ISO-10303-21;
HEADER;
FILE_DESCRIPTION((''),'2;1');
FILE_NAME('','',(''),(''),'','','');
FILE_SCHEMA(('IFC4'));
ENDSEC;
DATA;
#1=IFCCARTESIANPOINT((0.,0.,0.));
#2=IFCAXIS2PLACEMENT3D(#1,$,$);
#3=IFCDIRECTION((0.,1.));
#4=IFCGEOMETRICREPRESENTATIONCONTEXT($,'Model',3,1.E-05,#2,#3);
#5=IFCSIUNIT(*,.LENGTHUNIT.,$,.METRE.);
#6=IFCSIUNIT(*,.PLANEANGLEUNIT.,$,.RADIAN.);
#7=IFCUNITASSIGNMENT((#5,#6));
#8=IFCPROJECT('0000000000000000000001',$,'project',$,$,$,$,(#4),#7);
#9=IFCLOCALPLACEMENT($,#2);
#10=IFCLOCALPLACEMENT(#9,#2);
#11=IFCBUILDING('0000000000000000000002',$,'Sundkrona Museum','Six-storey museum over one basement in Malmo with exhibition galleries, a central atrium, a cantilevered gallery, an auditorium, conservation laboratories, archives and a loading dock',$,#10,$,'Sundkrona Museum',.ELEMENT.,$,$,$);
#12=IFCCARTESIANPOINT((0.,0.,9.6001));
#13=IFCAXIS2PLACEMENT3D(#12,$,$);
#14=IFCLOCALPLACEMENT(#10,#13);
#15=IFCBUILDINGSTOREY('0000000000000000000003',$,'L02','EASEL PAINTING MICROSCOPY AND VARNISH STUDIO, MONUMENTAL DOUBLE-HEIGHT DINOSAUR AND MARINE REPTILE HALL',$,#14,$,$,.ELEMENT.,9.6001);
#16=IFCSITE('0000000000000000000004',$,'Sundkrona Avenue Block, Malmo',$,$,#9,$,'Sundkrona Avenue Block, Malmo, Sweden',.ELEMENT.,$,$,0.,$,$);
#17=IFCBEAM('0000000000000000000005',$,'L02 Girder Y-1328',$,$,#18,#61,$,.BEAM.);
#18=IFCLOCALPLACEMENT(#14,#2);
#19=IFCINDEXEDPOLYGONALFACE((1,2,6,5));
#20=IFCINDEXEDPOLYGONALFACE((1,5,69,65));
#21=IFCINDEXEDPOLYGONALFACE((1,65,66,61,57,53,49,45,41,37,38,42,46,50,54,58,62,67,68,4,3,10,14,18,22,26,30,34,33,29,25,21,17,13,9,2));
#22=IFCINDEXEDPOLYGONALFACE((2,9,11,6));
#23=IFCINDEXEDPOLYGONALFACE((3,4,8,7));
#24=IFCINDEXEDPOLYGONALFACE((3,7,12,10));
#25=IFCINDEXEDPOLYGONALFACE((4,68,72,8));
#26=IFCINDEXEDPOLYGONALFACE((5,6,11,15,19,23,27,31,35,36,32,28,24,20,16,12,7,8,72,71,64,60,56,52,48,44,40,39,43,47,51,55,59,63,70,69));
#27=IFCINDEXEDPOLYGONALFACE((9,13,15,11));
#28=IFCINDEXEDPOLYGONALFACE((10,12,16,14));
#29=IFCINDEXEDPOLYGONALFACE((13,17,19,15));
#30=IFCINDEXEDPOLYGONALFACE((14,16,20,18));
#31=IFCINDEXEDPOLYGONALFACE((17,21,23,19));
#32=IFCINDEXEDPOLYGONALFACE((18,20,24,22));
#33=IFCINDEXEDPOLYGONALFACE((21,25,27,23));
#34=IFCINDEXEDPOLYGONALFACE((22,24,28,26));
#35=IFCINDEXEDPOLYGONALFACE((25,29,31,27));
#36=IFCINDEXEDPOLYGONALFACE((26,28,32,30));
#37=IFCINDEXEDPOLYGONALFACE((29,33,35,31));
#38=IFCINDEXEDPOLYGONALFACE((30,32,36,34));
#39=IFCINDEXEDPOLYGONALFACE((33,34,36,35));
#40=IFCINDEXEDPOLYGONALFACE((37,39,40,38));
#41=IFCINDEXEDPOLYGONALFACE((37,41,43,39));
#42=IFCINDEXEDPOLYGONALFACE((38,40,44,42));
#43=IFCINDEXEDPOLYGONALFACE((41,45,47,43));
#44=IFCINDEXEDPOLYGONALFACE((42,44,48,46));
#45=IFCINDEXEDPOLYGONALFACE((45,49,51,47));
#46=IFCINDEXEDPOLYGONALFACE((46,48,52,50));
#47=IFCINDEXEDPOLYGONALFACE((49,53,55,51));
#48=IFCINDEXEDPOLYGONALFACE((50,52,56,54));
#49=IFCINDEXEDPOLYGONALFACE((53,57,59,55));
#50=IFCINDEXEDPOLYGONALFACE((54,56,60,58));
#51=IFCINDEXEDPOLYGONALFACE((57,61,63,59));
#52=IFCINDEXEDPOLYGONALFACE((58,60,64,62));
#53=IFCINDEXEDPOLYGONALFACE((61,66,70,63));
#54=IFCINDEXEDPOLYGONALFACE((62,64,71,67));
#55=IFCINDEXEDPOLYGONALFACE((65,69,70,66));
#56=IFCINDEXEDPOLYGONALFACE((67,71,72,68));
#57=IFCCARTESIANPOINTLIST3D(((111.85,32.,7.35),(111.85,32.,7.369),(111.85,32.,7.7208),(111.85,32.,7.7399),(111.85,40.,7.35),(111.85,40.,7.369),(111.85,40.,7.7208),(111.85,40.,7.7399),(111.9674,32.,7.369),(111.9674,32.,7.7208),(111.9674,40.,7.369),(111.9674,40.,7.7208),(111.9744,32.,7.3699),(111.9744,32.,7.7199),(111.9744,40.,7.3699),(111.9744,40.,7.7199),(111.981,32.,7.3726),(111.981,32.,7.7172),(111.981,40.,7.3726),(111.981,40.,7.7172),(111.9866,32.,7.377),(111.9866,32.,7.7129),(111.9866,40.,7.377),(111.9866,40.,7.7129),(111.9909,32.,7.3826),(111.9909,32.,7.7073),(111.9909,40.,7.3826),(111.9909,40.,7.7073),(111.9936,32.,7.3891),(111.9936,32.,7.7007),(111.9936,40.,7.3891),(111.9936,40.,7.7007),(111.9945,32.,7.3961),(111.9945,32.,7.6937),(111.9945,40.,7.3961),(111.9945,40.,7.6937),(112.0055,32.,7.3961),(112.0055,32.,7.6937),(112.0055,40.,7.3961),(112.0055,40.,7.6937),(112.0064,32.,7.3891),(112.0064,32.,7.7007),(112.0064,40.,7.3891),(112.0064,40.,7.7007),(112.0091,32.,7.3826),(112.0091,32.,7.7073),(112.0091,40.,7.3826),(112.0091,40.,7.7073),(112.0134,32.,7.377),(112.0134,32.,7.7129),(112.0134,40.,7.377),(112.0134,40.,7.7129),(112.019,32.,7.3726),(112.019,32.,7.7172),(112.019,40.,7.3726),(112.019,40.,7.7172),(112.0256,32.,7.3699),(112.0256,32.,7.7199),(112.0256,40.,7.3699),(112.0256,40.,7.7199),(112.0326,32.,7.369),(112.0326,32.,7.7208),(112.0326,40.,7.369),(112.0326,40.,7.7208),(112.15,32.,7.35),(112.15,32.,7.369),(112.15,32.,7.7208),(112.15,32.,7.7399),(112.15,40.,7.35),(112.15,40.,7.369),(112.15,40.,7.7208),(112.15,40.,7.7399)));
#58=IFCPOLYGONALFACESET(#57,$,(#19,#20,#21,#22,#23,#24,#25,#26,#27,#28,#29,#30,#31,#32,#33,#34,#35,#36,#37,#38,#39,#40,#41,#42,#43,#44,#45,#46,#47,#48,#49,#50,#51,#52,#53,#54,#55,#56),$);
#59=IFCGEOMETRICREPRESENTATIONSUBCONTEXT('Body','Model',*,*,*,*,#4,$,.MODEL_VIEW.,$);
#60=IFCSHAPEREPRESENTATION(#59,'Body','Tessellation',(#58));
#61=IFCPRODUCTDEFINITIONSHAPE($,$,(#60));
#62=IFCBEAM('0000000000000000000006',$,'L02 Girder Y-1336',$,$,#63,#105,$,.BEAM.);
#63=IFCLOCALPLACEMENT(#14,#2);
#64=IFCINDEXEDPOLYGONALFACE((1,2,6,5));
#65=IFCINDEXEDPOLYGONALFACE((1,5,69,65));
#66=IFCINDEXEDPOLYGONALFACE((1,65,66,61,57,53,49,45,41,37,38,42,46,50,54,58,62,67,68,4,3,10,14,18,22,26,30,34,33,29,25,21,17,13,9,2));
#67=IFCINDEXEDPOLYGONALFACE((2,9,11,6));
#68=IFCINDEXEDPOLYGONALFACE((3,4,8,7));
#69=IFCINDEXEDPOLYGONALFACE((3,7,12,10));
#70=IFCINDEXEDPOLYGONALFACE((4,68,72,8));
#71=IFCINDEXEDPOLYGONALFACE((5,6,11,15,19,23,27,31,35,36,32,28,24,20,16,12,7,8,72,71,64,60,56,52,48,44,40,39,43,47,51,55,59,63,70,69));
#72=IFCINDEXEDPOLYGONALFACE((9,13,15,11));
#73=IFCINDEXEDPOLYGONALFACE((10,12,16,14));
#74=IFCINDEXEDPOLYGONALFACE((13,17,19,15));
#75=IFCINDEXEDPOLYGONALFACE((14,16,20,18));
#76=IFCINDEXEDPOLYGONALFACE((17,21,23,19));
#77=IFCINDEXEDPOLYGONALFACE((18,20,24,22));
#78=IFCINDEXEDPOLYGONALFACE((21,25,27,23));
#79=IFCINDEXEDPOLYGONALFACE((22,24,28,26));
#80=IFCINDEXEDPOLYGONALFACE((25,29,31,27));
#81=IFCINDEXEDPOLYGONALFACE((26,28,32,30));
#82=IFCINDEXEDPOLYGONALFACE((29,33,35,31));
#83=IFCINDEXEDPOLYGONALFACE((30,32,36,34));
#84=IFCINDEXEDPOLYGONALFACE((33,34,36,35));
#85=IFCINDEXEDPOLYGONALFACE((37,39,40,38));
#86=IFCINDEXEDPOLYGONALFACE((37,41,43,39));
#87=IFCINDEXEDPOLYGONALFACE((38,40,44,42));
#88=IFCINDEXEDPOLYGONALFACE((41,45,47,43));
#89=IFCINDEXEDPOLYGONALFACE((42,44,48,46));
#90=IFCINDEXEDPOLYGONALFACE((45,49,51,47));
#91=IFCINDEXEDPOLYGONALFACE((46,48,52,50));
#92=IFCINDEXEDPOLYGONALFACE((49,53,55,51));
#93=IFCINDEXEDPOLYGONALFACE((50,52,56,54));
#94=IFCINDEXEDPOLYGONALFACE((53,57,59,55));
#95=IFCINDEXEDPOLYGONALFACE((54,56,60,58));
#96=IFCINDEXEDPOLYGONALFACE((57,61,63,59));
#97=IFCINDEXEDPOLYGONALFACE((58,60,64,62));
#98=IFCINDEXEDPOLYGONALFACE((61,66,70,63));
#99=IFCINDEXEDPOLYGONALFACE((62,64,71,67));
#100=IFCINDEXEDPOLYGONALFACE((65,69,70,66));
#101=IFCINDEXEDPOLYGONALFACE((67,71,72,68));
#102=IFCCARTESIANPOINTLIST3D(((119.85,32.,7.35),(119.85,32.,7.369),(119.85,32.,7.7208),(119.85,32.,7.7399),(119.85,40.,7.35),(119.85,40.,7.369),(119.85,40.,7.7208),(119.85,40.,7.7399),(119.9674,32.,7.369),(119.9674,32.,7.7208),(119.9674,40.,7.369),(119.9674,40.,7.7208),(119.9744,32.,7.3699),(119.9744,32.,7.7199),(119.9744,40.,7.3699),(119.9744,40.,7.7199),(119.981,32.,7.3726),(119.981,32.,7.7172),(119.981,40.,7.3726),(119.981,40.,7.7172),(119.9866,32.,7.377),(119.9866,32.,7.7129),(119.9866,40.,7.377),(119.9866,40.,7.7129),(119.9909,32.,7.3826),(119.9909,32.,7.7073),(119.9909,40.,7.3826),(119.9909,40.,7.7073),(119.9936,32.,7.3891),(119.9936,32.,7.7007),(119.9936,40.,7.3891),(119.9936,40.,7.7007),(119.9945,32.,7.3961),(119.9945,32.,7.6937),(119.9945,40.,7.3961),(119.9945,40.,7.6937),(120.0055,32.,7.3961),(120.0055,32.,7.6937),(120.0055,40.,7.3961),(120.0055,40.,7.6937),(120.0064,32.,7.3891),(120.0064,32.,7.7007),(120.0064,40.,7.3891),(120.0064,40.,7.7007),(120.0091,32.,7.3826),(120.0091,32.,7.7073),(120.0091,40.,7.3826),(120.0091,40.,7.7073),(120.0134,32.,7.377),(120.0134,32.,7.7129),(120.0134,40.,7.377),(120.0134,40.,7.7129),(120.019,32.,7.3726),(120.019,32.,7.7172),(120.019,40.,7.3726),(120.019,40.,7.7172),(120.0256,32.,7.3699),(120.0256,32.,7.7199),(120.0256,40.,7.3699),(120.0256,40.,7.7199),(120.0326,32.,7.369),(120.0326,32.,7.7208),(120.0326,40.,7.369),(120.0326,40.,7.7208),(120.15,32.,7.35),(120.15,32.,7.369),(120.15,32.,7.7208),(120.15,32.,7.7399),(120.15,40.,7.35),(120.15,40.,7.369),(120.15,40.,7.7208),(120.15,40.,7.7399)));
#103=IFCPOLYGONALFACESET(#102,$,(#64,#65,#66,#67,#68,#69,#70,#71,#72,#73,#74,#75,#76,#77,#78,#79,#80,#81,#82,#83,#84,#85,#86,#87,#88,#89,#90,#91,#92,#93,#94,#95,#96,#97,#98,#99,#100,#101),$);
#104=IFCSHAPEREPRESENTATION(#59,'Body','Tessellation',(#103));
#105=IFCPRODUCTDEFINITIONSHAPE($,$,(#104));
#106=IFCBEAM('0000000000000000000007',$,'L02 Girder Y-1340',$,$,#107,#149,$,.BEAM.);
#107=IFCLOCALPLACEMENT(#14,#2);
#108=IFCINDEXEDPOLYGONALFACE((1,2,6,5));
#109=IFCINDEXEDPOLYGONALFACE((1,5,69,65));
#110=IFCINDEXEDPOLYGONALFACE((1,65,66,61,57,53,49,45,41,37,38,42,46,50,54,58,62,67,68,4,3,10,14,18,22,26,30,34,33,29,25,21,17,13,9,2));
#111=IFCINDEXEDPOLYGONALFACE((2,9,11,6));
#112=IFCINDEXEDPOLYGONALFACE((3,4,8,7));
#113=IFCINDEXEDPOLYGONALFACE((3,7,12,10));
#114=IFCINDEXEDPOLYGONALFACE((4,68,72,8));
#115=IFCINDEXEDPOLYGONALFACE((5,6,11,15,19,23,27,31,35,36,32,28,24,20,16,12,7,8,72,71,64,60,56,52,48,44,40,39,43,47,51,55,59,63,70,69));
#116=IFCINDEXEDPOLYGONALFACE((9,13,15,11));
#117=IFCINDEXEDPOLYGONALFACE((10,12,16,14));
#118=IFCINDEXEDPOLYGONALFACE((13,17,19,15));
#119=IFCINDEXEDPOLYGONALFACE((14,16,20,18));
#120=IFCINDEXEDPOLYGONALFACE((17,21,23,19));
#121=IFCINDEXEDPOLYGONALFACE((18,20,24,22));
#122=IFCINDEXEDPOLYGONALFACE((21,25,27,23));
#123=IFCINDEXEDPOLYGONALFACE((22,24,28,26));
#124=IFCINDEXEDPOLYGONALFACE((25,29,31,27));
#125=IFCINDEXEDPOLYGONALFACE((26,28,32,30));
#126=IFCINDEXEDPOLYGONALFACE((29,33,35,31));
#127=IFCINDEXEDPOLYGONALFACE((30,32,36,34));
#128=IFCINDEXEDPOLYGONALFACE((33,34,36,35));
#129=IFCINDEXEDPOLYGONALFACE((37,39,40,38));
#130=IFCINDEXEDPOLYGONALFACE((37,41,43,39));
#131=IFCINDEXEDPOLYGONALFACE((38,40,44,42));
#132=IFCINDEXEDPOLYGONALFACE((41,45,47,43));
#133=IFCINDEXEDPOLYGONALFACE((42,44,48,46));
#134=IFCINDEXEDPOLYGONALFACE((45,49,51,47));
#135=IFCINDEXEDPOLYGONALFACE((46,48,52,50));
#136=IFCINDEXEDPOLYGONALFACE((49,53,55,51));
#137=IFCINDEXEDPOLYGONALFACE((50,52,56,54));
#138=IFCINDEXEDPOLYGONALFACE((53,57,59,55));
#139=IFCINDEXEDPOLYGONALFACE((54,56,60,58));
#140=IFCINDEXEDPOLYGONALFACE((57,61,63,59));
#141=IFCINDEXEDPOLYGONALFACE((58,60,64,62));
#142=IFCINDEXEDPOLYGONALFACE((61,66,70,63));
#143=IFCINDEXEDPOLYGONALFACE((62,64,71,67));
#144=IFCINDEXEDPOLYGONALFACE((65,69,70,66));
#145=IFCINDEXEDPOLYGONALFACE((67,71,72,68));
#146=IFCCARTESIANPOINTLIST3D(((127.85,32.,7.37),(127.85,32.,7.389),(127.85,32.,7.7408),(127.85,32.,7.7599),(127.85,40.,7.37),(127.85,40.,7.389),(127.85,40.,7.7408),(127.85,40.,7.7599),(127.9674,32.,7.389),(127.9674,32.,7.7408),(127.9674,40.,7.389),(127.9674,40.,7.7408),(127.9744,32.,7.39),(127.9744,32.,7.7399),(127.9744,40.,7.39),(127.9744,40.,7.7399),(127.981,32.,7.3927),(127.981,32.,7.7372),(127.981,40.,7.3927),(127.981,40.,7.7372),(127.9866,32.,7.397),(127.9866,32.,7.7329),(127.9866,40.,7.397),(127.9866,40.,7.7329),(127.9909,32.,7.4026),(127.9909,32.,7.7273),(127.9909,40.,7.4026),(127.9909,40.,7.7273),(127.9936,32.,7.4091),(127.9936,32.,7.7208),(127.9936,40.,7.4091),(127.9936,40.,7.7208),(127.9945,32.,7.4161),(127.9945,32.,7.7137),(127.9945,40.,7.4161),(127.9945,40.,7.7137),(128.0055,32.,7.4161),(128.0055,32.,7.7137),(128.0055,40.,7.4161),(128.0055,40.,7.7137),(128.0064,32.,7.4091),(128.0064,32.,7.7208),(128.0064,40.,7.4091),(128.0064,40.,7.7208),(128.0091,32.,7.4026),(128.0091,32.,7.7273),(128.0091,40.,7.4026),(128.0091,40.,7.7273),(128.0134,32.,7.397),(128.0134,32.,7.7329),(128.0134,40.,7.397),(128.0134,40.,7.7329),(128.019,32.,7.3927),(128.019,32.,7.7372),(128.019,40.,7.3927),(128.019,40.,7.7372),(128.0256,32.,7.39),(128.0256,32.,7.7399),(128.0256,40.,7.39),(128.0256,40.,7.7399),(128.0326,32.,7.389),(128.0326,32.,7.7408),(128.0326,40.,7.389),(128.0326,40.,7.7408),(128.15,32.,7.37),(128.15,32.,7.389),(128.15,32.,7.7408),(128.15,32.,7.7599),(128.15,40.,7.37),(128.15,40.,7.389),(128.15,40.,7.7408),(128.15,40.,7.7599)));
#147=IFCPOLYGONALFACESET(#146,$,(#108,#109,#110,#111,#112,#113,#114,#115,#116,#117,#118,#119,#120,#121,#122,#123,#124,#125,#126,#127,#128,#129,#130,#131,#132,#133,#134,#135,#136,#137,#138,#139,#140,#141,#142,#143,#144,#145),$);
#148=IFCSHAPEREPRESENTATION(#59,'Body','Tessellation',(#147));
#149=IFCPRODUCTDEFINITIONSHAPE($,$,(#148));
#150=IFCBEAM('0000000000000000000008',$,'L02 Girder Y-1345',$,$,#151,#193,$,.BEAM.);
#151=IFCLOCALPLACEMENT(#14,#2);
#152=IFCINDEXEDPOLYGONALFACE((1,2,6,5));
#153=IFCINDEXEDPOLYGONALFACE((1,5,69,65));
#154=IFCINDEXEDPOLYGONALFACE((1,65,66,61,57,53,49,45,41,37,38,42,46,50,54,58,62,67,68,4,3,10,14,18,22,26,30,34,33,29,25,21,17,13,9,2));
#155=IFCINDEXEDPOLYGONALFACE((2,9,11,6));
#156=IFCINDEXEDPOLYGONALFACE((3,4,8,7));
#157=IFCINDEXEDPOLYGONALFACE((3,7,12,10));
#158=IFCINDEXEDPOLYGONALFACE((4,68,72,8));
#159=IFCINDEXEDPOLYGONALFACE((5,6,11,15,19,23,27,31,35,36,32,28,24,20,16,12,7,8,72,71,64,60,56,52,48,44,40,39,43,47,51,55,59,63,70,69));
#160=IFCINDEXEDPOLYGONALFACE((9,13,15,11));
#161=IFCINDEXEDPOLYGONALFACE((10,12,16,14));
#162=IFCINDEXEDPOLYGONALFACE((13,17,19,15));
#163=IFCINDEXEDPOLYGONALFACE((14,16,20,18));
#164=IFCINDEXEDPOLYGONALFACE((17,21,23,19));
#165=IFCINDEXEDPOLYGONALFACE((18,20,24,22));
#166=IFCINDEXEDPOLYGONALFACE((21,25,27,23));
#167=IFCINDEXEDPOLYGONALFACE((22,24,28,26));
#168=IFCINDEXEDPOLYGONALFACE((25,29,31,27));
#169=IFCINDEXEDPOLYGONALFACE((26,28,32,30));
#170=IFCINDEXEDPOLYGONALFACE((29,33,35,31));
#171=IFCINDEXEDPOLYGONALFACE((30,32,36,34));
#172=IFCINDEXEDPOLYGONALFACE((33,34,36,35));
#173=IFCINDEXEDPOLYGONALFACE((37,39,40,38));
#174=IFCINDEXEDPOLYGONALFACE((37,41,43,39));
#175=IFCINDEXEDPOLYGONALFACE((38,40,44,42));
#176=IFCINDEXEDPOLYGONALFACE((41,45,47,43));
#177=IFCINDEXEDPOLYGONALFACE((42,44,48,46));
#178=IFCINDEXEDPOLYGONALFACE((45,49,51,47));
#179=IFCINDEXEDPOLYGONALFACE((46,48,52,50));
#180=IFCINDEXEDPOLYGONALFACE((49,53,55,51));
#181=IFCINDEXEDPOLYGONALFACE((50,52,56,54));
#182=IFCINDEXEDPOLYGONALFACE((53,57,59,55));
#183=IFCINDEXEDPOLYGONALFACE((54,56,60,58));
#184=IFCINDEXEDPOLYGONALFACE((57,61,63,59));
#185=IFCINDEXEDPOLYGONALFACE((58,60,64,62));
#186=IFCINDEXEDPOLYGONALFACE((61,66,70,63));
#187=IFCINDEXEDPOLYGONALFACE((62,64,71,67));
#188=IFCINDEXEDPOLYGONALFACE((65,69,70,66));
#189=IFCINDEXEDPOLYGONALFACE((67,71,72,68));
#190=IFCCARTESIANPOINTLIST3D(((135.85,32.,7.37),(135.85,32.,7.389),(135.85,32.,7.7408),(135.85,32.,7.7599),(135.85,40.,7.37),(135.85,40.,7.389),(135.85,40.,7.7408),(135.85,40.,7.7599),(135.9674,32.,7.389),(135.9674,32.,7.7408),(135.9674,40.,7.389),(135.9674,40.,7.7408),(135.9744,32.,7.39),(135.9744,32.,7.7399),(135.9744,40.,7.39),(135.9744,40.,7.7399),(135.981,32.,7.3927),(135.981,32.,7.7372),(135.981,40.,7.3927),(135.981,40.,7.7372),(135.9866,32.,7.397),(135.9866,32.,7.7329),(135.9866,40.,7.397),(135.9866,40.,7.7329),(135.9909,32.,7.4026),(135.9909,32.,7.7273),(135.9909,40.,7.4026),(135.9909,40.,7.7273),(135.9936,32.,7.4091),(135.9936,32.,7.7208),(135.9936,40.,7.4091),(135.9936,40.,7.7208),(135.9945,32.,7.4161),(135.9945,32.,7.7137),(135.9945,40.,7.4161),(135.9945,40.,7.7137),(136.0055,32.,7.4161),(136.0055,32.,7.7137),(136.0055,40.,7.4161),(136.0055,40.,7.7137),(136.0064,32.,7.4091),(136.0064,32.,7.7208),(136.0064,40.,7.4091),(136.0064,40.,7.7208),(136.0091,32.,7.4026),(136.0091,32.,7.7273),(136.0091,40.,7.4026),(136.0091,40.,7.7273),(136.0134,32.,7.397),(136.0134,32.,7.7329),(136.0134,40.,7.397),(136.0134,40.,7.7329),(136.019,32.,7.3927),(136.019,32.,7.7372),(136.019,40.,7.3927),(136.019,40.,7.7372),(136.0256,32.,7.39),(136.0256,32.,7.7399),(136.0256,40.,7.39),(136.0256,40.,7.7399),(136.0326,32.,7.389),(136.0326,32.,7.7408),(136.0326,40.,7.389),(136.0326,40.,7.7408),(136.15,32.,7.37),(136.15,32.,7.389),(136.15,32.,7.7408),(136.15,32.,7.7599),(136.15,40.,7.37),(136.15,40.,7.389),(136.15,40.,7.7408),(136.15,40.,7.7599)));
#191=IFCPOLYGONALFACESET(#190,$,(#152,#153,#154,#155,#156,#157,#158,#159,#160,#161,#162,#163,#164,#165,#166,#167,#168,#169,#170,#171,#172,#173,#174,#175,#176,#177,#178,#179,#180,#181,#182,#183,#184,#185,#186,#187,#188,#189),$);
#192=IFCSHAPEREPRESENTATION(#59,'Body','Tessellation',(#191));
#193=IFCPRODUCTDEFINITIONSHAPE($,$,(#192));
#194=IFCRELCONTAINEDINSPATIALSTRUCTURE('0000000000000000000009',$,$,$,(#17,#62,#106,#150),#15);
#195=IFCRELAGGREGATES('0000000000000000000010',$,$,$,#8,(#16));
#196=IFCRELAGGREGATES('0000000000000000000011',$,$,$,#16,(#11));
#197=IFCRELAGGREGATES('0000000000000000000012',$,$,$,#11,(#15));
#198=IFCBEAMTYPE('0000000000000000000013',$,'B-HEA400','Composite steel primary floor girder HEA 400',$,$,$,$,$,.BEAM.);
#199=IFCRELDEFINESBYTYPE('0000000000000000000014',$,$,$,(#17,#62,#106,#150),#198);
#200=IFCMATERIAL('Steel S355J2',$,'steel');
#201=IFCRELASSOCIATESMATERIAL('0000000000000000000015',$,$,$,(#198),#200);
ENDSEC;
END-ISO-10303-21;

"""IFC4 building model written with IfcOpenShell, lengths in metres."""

from ifc_helpers import new_model, si_unit, direction, frame, origin, origin_2d, place, context, subcontext, project, spatial, i_section, extrude, material, material_profile, profile_set, type_object, element, save


model = new_model("IFC4")

# Units and contexts
model_context = context("Model", 3, precision=1e-05, world=origin(), true_north=direction((0.0, 1.0)))
body_context = subcontext(model_context, "Body", "Model", "MODEL_VIEW")
ifc_project = project(units=[si_unit("LENGTHUNIT", "METRE"), si_unit("PLANEANGLEUNIT", "RADIAN")], contexts=[model_context])

# Site, building, storey
site_placement = place(None, origin())
site = spatial("IfcSite", under=ifc_project, at=site_placement, Name="Sundkrona Avenue Block, Malmo", LongName="Sundkrona Avenue Block, Malmo, Sweden", CompositionType="ELEMENT", RefElevation=0.0)
building_placement = place(site_placement, origin())
building = spatial("IfcBuilding", under=site, at=building_placement, Name="Sundkrona Museum", Description="Six-storey museum over one basement in Malmo with exhibition galleries, a central atrium, a cantilevered gallery, an auditorium, conservation laboratories, archives and a loading dock", LongName="Sundkrona Museum", CompositionType="ELEMENT")
storey_placement = place(building_placement, frame((0.0, 0.0, 9.6001)))
storey = spatial("IfcBuildingStorey", under=building, at=storey_placement, Name="L02", Description="EASEL PAINTING MICROSCOPY AND VARNISH STUDIO, MONUMENTAL DOUBLE-HEIGHT DINOSAUR AND MARINE REPTILE HALL", CompositionType="ELEMENT", Elevation=9.6001)

# Shared definitions
ifc_material_1 = material(Name="Steel S355J2", Category="steel")

# Beams
ifc_material_profile_1 = material_profile(ifc_material_1, i_section(OverallWidth=0.3, OverallDepth=0.3899, WebThickness=0.011, FlangeThickness=0.019, FilletRadius=0.0271, at=origin_2d()), Name="HEA 400")
ifc_profile_set_1 = profile_set([ifc_material_profile_1], Name="Steel S355J2")
beam_type_1 = type_object("IfcBeamType", Name="B-HEA400", Description="Composite steel primary floor girder HEA 400", PredefinedType="BEAM", material=ifc_profile_set_1)
for number, where, z_axis, x_axis, name in (
    (1, (112.0, 32.0, 7.5449), (0.0, 1.0, 0.0), (-1.0, 0.0, 0.0), "L02 Girder Y-1328"),
    (2, (120.0, 32.0, 7.5449), (0.0, 1.0, 0.0), (-1.0, 0.0, 0.0), "L02 Girder Y-1336"),
    (3, (128.0, 32.0, 7.5649), (0.0, 1.0, 0.0), (-1.0, 0.0, 0.0), "L02 Girder Y-1340"),
    (4, (136.0, 32.0, 7.5649), (0.0, 1.0, 0.0), (-1.0, 0.0, 0.0), "L02 Girder Y-1345"),
):
    element("IfcBeam", number, at=place(storey_placement, frame(where, z_axis=z_axis, x_axis=x_axis)), inside=storey, type_object=beam_type_1, Name=name, PredefinedType="BEAM", context=body_context, shape_type="SweptSolid", body=[
        extrude(i_section(OverallWidth=0.3, OverallDepth=0.3899, WebThickness=0.011, FlangeThickness=0.019, FilletRadius=0.0271, at=origin_2d()), origin(), (0.0, 0.0, 1.0), 8.0),
    ])

save(model, "model.ifc")
